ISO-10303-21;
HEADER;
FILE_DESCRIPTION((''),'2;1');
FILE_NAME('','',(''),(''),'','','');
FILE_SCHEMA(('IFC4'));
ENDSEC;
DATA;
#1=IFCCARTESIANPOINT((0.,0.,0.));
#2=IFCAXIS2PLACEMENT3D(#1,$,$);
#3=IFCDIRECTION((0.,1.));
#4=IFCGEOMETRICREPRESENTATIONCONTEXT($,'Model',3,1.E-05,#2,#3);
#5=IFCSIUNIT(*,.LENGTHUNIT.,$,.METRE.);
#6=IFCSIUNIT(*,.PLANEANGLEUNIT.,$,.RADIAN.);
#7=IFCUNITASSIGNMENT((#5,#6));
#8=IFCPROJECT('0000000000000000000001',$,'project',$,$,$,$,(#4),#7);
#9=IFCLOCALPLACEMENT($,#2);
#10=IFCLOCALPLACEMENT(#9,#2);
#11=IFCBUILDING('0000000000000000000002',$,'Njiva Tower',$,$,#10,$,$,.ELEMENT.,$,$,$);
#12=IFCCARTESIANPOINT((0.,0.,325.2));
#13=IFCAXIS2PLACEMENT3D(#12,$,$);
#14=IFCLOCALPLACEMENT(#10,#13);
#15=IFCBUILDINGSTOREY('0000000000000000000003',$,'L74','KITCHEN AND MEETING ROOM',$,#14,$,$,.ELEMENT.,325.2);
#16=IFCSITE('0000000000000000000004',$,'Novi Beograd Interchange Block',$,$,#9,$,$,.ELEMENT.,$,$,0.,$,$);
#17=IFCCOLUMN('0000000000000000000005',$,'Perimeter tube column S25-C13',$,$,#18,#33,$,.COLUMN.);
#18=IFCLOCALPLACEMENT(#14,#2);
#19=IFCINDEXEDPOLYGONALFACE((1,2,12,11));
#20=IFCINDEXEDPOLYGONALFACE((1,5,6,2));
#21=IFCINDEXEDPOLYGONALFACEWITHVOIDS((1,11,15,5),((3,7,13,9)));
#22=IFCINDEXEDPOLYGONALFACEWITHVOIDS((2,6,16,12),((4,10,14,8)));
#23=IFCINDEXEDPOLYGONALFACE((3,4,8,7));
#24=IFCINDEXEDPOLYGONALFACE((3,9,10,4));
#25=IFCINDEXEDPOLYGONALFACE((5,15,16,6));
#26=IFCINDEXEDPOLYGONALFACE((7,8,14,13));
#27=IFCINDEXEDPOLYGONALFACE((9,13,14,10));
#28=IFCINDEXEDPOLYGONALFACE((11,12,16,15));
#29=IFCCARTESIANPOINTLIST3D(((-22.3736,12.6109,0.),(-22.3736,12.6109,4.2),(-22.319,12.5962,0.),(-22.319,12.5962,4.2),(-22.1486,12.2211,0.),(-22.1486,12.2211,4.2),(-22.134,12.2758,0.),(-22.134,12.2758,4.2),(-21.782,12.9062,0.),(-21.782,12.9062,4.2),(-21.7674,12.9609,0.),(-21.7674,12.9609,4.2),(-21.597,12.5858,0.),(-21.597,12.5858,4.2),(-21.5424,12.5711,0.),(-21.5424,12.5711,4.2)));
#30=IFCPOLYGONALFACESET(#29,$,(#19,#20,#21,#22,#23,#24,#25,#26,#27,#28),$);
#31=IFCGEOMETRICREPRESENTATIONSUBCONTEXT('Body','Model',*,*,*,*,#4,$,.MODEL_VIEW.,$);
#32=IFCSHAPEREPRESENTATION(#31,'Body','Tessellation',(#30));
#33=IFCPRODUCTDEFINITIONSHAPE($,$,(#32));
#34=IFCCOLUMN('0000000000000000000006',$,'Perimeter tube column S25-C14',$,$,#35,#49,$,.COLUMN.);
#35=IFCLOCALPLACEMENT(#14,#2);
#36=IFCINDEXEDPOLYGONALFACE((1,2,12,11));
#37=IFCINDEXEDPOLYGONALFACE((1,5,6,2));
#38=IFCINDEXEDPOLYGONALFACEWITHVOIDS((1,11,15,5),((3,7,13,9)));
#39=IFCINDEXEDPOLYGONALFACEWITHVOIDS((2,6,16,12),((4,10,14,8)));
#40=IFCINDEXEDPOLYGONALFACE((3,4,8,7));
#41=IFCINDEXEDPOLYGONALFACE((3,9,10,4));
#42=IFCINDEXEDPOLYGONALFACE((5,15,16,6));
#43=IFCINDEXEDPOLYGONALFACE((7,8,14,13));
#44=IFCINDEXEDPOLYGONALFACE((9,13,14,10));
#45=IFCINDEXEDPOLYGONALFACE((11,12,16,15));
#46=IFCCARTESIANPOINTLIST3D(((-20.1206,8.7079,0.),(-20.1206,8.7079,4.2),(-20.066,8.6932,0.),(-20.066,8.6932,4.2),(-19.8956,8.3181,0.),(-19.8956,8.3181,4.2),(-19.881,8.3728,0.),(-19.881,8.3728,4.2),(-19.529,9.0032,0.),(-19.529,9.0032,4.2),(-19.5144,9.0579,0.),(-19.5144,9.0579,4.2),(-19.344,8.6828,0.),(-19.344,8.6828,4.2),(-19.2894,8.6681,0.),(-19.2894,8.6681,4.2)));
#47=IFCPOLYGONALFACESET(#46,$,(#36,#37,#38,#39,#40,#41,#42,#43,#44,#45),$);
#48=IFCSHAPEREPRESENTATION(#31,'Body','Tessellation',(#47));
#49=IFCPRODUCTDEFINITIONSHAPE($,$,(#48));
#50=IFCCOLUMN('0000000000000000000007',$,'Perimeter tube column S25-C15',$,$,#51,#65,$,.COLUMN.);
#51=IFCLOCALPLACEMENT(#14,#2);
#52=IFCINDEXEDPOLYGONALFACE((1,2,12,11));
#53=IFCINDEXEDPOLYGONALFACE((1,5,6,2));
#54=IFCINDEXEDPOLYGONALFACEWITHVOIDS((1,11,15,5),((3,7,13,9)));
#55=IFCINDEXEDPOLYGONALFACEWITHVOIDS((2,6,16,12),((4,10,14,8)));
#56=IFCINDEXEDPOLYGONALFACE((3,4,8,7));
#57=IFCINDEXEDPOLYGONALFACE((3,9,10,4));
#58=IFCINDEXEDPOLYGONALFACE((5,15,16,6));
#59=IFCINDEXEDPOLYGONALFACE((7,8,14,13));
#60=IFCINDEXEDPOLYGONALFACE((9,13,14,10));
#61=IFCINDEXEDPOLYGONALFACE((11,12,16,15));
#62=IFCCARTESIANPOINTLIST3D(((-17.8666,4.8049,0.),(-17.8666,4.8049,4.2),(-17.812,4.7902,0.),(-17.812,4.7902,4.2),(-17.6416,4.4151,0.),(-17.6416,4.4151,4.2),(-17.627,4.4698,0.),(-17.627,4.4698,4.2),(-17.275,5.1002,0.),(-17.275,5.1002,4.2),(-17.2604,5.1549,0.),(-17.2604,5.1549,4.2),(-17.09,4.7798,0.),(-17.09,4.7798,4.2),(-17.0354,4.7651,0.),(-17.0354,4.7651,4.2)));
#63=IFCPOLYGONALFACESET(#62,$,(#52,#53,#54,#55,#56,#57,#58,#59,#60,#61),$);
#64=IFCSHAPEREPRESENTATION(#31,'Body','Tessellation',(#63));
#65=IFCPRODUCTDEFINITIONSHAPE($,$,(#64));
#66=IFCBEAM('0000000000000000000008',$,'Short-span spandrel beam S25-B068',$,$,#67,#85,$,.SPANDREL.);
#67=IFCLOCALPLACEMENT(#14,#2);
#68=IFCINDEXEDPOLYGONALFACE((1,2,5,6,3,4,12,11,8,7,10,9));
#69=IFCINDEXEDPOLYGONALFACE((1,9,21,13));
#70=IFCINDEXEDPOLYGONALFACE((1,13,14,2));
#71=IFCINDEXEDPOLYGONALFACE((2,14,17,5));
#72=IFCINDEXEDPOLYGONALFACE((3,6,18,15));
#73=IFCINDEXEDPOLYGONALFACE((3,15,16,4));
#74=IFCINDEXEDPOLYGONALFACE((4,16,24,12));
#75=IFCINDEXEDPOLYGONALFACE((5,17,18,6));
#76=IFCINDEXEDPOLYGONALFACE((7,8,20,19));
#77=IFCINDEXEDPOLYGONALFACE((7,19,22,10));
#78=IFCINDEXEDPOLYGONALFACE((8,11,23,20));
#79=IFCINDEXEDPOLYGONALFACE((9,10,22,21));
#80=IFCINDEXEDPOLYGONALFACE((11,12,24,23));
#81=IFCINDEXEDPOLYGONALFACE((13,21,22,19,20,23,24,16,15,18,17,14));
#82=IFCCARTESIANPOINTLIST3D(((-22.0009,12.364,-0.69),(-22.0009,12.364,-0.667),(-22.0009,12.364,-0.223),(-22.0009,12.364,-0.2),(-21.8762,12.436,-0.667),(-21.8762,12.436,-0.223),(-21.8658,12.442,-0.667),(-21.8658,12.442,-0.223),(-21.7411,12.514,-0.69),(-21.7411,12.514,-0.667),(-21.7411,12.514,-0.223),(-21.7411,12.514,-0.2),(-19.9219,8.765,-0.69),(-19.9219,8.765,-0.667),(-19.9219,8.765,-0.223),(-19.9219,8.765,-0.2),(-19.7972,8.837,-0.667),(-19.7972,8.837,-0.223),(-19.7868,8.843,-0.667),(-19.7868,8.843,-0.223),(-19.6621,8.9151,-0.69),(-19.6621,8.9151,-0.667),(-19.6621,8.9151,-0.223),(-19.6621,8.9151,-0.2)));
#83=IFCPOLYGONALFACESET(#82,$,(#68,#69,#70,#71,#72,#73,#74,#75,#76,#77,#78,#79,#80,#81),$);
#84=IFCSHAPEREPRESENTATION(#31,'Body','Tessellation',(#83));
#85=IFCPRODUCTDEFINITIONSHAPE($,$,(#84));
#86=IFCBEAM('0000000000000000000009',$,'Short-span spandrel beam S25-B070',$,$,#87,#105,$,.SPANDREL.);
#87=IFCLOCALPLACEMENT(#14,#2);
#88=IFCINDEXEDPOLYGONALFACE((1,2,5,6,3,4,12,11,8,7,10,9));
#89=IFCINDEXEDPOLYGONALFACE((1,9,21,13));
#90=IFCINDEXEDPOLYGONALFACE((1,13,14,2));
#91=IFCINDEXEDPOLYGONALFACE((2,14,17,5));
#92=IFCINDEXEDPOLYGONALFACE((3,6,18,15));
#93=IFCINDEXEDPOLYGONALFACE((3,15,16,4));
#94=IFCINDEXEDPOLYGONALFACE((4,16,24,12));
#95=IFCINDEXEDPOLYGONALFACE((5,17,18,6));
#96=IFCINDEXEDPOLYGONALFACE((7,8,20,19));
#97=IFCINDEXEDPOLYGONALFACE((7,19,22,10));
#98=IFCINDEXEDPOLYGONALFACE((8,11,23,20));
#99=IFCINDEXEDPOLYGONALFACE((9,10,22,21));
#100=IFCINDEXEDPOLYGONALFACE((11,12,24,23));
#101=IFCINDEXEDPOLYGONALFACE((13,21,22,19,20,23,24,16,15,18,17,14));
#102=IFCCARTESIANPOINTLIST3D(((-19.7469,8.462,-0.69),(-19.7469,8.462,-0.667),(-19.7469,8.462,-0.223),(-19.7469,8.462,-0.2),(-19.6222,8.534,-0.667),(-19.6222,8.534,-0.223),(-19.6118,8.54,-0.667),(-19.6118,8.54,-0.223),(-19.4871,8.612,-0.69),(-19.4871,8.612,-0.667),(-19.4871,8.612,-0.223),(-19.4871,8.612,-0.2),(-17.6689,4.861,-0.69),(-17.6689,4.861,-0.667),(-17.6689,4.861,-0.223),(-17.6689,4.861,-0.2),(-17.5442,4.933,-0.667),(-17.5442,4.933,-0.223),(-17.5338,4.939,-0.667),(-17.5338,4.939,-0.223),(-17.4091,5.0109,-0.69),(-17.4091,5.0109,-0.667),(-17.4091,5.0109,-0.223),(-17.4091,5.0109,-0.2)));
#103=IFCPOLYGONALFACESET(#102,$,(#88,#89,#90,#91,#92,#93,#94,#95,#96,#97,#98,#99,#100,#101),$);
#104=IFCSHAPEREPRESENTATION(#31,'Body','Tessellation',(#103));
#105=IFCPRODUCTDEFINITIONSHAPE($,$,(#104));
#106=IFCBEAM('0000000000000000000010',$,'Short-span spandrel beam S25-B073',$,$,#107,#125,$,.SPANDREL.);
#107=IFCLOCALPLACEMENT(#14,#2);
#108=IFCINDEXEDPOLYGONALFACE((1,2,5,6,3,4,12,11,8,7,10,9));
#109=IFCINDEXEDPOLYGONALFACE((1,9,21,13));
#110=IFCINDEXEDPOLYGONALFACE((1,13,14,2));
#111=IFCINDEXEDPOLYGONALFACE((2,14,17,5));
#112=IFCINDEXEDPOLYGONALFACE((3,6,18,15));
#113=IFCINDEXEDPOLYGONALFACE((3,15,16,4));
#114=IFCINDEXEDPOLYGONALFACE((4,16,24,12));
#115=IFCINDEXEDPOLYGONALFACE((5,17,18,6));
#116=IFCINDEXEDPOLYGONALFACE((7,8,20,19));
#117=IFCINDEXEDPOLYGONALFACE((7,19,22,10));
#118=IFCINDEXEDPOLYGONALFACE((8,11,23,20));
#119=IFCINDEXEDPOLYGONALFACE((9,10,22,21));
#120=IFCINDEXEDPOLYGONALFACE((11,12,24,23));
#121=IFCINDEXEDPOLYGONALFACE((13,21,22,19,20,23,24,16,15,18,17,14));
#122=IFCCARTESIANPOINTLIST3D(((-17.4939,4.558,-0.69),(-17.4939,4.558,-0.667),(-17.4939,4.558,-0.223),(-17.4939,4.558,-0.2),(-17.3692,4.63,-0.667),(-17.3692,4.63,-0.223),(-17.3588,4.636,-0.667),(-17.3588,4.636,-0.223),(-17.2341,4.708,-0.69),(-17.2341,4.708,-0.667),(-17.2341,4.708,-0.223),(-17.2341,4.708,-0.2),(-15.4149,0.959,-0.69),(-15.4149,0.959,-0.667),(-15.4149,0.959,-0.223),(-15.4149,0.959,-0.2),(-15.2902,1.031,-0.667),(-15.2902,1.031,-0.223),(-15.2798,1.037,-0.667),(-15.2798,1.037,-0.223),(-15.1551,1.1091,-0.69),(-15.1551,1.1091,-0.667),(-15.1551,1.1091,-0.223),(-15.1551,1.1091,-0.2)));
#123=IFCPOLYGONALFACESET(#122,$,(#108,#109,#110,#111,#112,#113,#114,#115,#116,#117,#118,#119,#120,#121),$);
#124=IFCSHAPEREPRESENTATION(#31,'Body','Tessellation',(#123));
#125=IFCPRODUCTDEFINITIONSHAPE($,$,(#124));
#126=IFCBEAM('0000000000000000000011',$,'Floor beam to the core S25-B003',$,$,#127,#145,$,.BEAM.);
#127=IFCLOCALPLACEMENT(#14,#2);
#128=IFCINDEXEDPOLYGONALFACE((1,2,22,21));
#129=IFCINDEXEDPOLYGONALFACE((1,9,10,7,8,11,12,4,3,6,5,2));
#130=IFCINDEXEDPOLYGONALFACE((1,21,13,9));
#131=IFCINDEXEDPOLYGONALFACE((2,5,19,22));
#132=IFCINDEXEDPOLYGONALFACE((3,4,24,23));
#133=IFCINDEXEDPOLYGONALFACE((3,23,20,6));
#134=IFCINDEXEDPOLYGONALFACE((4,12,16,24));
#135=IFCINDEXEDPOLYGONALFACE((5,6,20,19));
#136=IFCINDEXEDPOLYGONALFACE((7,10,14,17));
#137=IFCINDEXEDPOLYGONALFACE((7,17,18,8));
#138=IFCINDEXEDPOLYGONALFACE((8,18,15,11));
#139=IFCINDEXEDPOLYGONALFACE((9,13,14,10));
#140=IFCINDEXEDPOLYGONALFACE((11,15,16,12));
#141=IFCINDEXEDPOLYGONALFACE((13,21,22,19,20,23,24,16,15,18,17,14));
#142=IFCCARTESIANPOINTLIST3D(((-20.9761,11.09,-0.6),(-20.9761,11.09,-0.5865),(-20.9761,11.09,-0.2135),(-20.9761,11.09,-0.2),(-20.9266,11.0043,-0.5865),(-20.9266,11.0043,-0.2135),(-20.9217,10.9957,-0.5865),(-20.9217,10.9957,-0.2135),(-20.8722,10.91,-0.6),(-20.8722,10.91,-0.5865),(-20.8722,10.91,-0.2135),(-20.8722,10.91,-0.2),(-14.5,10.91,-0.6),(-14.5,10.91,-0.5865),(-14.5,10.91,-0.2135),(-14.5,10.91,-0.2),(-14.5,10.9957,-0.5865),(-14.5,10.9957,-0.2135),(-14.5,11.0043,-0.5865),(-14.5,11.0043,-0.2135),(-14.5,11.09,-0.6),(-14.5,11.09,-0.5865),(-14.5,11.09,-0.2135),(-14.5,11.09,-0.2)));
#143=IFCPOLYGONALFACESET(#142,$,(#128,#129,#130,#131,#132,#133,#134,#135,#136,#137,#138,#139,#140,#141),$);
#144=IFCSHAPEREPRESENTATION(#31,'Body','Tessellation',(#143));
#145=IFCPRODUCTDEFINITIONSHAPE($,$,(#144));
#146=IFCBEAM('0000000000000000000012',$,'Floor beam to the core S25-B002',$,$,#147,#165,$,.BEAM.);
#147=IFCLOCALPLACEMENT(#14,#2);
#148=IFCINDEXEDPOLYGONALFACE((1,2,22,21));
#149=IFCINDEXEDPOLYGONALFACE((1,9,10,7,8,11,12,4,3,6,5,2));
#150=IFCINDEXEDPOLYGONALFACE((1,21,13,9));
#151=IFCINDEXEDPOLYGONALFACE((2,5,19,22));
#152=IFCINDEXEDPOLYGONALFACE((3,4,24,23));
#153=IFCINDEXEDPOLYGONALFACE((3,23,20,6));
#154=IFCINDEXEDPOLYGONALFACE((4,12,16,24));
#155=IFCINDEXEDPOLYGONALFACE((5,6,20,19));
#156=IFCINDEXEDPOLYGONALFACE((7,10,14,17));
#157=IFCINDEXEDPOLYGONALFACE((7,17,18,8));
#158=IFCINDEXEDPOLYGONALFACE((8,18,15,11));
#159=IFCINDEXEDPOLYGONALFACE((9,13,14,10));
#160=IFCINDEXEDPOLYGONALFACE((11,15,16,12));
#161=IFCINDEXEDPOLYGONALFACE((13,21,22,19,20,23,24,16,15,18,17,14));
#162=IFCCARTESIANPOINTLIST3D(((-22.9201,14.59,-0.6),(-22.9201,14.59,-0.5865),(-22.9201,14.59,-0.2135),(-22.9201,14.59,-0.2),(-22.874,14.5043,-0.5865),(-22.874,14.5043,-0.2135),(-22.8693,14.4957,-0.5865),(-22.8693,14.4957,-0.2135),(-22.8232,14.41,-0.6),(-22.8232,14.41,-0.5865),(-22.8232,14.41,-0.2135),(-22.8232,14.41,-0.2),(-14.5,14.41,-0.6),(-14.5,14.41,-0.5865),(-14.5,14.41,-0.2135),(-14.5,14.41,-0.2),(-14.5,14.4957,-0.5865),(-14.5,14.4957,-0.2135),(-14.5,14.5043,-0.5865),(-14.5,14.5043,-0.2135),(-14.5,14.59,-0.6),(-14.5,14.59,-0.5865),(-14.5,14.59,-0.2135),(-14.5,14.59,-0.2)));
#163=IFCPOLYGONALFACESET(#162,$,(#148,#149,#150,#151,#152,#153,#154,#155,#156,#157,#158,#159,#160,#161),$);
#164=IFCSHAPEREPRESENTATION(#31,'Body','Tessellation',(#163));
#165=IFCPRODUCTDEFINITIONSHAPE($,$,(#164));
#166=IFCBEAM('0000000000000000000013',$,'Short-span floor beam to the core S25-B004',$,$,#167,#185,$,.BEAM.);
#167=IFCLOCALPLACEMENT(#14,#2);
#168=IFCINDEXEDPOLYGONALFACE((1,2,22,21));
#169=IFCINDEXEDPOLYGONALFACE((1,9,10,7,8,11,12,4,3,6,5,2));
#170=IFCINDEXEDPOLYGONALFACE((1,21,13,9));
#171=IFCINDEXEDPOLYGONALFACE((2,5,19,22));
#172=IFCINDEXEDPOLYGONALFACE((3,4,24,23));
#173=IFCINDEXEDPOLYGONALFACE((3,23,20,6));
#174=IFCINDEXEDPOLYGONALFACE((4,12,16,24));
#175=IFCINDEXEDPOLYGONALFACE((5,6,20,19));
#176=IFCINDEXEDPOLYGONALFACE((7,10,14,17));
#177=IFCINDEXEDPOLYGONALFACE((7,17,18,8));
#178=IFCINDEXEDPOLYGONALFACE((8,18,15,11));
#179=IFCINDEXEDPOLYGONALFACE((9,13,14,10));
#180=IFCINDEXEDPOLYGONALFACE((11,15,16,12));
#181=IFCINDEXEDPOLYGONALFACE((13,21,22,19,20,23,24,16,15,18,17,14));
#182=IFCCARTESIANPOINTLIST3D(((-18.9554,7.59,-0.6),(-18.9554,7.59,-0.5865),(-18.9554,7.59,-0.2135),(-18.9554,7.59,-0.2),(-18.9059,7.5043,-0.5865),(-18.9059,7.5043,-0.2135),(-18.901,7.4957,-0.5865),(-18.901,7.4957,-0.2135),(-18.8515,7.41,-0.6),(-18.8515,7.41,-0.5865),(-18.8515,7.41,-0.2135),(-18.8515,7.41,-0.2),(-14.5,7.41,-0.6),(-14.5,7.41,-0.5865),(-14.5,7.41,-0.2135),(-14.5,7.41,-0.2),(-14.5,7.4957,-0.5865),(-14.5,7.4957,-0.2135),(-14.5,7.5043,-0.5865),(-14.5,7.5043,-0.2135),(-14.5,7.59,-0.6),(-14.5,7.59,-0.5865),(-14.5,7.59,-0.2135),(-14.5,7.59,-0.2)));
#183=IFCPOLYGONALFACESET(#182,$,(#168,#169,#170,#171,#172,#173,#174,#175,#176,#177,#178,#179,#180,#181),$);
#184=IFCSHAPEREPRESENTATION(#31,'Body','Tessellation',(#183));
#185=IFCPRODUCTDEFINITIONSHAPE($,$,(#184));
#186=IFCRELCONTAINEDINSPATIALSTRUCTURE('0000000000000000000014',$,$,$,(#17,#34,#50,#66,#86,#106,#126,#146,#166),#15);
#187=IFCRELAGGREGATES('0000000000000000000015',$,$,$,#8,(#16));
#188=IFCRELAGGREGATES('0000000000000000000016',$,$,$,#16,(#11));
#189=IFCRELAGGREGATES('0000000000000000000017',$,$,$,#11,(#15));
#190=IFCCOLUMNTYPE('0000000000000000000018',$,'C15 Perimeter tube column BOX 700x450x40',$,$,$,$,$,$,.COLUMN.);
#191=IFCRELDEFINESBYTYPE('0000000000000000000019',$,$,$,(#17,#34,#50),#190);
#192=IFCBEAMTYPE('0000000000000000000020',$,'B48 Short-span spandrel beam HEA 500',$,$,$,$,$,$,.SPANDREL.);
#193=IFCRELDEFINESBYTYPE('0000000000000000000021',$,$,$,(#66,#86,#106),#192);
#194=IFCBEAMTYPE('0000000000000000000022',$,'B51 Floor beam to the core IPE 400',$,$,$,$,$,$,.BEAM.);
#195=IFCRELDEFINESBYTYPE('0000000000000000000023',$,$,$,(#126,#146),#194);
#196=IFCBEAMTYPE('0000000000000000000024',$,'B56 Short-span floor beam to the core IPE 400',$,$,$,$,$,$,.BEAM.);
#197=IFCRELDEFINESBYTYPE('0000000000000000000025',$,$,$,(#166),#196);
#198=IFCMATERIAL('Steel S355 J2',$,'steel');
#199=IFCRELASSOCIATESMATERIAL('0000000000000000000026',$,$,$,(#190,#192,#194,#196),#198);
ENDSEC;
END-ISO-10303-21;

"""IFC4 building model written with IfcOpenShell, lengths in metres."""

from ifc_helpers import new_model, si_unit, direction, frame, origin, origin_2d, place, context, subcontext, project, spatial, hollow_rectangle, i_section, extrude, clip, halfspace, material, material_profile, profile_set, type_object, element, save


model = new_model("IFC4")

# Units and contexts
model_context = context("Model", 3, precision=1e-05, world=origin(), true_north=direction((0.0, 1.0)))
body_context = subcontext(model_context, "Body", "Model", "MODEL_VIEW")
ifc_project = project(units=[si_unit("LENGTHUNIT", "METRE"), si_unit("PLANEANGLEUNIT", "RADIAN")], contexts=[model_context])

# Site, building, storey
site_placement = place(None, origin())
site = spatial("IfcSite", under=ifc_project, at=site_placement, Name="Novi Beograd Interchange Block", CompositionType="ELEMENT", RefElevation=0.0)
building_placement = place(site_placement, origin())
building = spatial("IfcBuilding", under=site, at=building_placement, Name="Njiva Tower", CompositionType="ELEMENT")
storey_placement = place(building_placement, frame((0.0, 0.0, 325.2)))
storey = spatial("IfcBuildingStorey", under=building, at=storey_placement, Name="L74", Description="KITCHEN AND MEETING ROOM", CompositionType="ELEMENT", Elevation=325.2)

# Columns
ifc_material_1 = material(Name="Steel S355 J2", Category="steel")
ifc_material_profile_1 = material_profile(ifc_material_1, hollow_rectangle(XDim=0.45, YDim=0.7, WallThickness=0.04, at=origin_2d()), Name="BOX 700x450x40")
ifc_profile_set_1 = profile_set([ifc_material_profile_1], Name="Steel S355 J2")
column_type = type_object("IfcColumnType", Name="C15 Perimeter tube column BOX 700x450x40", PredefinedType="COLUMN", material=ifc_profile_set_1)
for number, where, z_axis, x_axis, name in (
    (1, (-21.958, 12.591, 0.0), (0.0, 0.0, 1.0), (0.5, -0.866025, 0.0), "Perimeter tube column S25-C13"),
    (2, (-19.705, 8.688, 0.0), (0.0, 0.0, 1.0), (0.5, -0.866025, 0.0), "Perimeter tube column S25-C14"),
    (3, (-17.451, 4.785, 0.0), (0.0, 0.0, 1.0), (0.5, -0.866025, 0.0), "Perimeter tube column S25-C15"),
):
    element("IfcColumn", number, at=place(storey_placement, frame(where, z_axis=z_axis, x_axis=x_axis)), inside=storey, type_object=column_type, Name=name, PredefinedType="COLUMN", context=body_context, shape_type="SweptSolid", body=[
        extrude(hollow_rectangle(XDim=0.45, YDim=0.7, WallThickness=0.04, at=origin_2d()), origin(), (0.0, 0.0, 1.0), 4.2),
    ])

# Beams
ifc_material_profile_2 = material_profile(ifc_material_1, i_section(OverallWidth=0.3, OverallDepth=0.49, WebThickness=0.012, FlangeThickness=0.023, at=origin_2d()), Name="HEA 500")
ifc_profile_set_2 = profile_set([ifc_material_profile_2], Name="Steel S355 J2")
beam_type_1 = type_object("IfcBeamType", Name="B48 Short-span spandrel beam HEA 500", PredefinedType="SPANDREL", material=ifc_profile_set_2)
beam_1_placement = place(storey_placement, frame((-21.871, 12.439, -0.445), z_axis=(0.500201, -0.865909, 0.0), x_axis=(0.865909, 0.500201, 0.0)))
element("IfcBeam", 4, at=beam_1_placement, inside=storey, type_object=beam_type_1, Name="Short-span spandrel beam S25-B068", PredefinedType="SPANDREL", context=body_context, shape_type="SweptSolid", body=[
    extrude(i_section(OverallWidth=0.3, OverallDepth=0.49, WebThickness=0.012, FlangeThickness=0.023, at=origin_2d()), origin(), (0.0, 0.0, 1.0), 4.1563),
])
beam_2_placement = place(storey_placement, frame((-19.617, 8.537, -0.445), z_axis=(0.499813, -0.866134, 0.0), x_axis=(0.866134, 0.499813, 0.0)))
element("IfcBeam", 5, at=beam_2_placement, inside=storey, type_object=beam_type_1, Name="Short-span spandrel beam S25-B070", PredefinedType="SPANDREL", context=body_context, shape_type="SweptSolid", body=[
    extrude(i_section(OverallWidth=0.3, OverallDepth=0.49, WebThickness=0.012, FlangeThickness=0.023, at=origin_2d()), origin(), (0.0, 0.0, 1.0), 4.1576),
])
beam_3_placement = place(storey_placement, frame((-17.364, 4.633, -0.445), z_axis=(0.500201, -0.865909, 0.0), x_axis=(0.865909, 0.500201, 0.0)))
element("IfcBeam", 6, at=beam_3_placement, inside=storey, type_object=beam_type_1, Name="Short-span spandrel beam S25-B073", PredefinedType="SPANDREL", context=body_context, shape_type="SweptSolid", body=[
    extrude(i_section(OverallWidth=0.3, OverallDepth=0.49, WebThickness=0.012, FlangeThickness=0.023, at=origin_2d()), origin(), (0.0, 0.0, 1.0), 4.1563),
])
ifc_material_profile_3 = material_profile(ifc_material_1, i_section(OverallWidth=0.18, OverallDepth=0.4, WebThickness=0.0086, FlangeThickness=0.0135, at=origin_2d()), Name="IPE 400")
ifc_profile_set_3 = profile_set([ifc_material_profile_3], Name="Steel S355 J2")
beam_type_2 = type_object("IfcBeamType", Name="B51 Floor beam to the core IPE 400", PredefinedType="BEAM", material=ifc_profile_set_3)
beam_4_placement = place(storey_placement, frame((-20.996, 11.0, -0.4), z_axis=(1.0, 0.0, 0.0), x_axis=(0.0, 1.0, 0.0)))
element("IfcBeam", 7, at=beam_4_placement, inside=storey, type_object=beam_type_2, Name="Floor beam to the core S25-B003", PredefinedType="BEAM", context=body_context, shape_type="Clipping", body=[
    clip(extrude(i_section(OverallWidth=0.18, OverallDepth=0.4, WebThickness=0.0086, FlangeThickness=0.0135, at=origin_2d()), origin(), (0.0, 0.0, 1.0), 6.496), halfspace(frame((-0.025, 0.0, 0.0863), z_axis=(-0.499998, 0.0, -0.866027), x_axis=(0.0, -1.0, 0.0)), False)),
])
beam_5_placement = place(storey_placement, frame((-22.94, 14.5, -0.4), z_axis=(1.0, 0.0, 0.0), x_axis=(0.0, 1.0, 0.0)))
element("IfcBeam", 8, at=beam_5_placement, inside=storey, type_object=beam_type_2, Name="Floor beam to the core S25-B002", PredefinedType="BEAM", context=body_context, shape_type="Clipping", body=[
    clip(extrude(i_section(OverallWidth=0.18, OverallDepth=0.4, WebThickness=0.0086, FlangeThickness=0.0135, at=origin_2d()), origin(), (0.0, 0.0, 1.0), 8.44), halfspace(frame((-0.0237, 0.0, 0.0811), z_axis=(-0.473762, 0.0, -0.880653), x_axis=(0.0, -1.0, 0.0)), False)),
])
ifc_material_profile_4 = material_profile(ifc_material_1, i_section(OverallWidth=0.18, OverallDepth=0.4, WebThickness=0.0086, FlangeThickness=0.0135, at=origin_2d()), Name="IPE 400")
ifc_profile_set_4 = profile_set([ifc_material_profile_4], Name="Steel S355 J2")
beam_type_3 = type_object("IfcBeamType", Name="B56 Short-span floor beam to the core IPE 400", PredefinedType="BEAM", material=ifc_profile_set_4)
beam_6_placement = place(storey_placement, frame((-18.975, 7.5, -0.4), z_axis=(1.0, 0.0, 0.0), x_axis=(0.0, 1.0, 0.0)))
element("IfcBeam", 9, at=beam_6_placement, inside=storey, type_object=beam_type_3, Name="Short-span floor beam to the core S25-B004", PredefinedType="BEAM", context=body_context, shape_type="Clipping", body=[
    clip(extrude(i_section(OverallWidth=0.18, OverallDepth=0.4, WebThickness=0.0086, FlangeThickness=0.0135, at=origin_2d()), origin(), (0.0, 0.0, 1.0), 4.475), halfspace(frame((-0.025, 0.0, 0.086), z_axis=(-0.499998, 0.0, -0.866027), x_axis=(0.0, -1.0, 0.0)), False)),
])

save(model, "model.ifc")
